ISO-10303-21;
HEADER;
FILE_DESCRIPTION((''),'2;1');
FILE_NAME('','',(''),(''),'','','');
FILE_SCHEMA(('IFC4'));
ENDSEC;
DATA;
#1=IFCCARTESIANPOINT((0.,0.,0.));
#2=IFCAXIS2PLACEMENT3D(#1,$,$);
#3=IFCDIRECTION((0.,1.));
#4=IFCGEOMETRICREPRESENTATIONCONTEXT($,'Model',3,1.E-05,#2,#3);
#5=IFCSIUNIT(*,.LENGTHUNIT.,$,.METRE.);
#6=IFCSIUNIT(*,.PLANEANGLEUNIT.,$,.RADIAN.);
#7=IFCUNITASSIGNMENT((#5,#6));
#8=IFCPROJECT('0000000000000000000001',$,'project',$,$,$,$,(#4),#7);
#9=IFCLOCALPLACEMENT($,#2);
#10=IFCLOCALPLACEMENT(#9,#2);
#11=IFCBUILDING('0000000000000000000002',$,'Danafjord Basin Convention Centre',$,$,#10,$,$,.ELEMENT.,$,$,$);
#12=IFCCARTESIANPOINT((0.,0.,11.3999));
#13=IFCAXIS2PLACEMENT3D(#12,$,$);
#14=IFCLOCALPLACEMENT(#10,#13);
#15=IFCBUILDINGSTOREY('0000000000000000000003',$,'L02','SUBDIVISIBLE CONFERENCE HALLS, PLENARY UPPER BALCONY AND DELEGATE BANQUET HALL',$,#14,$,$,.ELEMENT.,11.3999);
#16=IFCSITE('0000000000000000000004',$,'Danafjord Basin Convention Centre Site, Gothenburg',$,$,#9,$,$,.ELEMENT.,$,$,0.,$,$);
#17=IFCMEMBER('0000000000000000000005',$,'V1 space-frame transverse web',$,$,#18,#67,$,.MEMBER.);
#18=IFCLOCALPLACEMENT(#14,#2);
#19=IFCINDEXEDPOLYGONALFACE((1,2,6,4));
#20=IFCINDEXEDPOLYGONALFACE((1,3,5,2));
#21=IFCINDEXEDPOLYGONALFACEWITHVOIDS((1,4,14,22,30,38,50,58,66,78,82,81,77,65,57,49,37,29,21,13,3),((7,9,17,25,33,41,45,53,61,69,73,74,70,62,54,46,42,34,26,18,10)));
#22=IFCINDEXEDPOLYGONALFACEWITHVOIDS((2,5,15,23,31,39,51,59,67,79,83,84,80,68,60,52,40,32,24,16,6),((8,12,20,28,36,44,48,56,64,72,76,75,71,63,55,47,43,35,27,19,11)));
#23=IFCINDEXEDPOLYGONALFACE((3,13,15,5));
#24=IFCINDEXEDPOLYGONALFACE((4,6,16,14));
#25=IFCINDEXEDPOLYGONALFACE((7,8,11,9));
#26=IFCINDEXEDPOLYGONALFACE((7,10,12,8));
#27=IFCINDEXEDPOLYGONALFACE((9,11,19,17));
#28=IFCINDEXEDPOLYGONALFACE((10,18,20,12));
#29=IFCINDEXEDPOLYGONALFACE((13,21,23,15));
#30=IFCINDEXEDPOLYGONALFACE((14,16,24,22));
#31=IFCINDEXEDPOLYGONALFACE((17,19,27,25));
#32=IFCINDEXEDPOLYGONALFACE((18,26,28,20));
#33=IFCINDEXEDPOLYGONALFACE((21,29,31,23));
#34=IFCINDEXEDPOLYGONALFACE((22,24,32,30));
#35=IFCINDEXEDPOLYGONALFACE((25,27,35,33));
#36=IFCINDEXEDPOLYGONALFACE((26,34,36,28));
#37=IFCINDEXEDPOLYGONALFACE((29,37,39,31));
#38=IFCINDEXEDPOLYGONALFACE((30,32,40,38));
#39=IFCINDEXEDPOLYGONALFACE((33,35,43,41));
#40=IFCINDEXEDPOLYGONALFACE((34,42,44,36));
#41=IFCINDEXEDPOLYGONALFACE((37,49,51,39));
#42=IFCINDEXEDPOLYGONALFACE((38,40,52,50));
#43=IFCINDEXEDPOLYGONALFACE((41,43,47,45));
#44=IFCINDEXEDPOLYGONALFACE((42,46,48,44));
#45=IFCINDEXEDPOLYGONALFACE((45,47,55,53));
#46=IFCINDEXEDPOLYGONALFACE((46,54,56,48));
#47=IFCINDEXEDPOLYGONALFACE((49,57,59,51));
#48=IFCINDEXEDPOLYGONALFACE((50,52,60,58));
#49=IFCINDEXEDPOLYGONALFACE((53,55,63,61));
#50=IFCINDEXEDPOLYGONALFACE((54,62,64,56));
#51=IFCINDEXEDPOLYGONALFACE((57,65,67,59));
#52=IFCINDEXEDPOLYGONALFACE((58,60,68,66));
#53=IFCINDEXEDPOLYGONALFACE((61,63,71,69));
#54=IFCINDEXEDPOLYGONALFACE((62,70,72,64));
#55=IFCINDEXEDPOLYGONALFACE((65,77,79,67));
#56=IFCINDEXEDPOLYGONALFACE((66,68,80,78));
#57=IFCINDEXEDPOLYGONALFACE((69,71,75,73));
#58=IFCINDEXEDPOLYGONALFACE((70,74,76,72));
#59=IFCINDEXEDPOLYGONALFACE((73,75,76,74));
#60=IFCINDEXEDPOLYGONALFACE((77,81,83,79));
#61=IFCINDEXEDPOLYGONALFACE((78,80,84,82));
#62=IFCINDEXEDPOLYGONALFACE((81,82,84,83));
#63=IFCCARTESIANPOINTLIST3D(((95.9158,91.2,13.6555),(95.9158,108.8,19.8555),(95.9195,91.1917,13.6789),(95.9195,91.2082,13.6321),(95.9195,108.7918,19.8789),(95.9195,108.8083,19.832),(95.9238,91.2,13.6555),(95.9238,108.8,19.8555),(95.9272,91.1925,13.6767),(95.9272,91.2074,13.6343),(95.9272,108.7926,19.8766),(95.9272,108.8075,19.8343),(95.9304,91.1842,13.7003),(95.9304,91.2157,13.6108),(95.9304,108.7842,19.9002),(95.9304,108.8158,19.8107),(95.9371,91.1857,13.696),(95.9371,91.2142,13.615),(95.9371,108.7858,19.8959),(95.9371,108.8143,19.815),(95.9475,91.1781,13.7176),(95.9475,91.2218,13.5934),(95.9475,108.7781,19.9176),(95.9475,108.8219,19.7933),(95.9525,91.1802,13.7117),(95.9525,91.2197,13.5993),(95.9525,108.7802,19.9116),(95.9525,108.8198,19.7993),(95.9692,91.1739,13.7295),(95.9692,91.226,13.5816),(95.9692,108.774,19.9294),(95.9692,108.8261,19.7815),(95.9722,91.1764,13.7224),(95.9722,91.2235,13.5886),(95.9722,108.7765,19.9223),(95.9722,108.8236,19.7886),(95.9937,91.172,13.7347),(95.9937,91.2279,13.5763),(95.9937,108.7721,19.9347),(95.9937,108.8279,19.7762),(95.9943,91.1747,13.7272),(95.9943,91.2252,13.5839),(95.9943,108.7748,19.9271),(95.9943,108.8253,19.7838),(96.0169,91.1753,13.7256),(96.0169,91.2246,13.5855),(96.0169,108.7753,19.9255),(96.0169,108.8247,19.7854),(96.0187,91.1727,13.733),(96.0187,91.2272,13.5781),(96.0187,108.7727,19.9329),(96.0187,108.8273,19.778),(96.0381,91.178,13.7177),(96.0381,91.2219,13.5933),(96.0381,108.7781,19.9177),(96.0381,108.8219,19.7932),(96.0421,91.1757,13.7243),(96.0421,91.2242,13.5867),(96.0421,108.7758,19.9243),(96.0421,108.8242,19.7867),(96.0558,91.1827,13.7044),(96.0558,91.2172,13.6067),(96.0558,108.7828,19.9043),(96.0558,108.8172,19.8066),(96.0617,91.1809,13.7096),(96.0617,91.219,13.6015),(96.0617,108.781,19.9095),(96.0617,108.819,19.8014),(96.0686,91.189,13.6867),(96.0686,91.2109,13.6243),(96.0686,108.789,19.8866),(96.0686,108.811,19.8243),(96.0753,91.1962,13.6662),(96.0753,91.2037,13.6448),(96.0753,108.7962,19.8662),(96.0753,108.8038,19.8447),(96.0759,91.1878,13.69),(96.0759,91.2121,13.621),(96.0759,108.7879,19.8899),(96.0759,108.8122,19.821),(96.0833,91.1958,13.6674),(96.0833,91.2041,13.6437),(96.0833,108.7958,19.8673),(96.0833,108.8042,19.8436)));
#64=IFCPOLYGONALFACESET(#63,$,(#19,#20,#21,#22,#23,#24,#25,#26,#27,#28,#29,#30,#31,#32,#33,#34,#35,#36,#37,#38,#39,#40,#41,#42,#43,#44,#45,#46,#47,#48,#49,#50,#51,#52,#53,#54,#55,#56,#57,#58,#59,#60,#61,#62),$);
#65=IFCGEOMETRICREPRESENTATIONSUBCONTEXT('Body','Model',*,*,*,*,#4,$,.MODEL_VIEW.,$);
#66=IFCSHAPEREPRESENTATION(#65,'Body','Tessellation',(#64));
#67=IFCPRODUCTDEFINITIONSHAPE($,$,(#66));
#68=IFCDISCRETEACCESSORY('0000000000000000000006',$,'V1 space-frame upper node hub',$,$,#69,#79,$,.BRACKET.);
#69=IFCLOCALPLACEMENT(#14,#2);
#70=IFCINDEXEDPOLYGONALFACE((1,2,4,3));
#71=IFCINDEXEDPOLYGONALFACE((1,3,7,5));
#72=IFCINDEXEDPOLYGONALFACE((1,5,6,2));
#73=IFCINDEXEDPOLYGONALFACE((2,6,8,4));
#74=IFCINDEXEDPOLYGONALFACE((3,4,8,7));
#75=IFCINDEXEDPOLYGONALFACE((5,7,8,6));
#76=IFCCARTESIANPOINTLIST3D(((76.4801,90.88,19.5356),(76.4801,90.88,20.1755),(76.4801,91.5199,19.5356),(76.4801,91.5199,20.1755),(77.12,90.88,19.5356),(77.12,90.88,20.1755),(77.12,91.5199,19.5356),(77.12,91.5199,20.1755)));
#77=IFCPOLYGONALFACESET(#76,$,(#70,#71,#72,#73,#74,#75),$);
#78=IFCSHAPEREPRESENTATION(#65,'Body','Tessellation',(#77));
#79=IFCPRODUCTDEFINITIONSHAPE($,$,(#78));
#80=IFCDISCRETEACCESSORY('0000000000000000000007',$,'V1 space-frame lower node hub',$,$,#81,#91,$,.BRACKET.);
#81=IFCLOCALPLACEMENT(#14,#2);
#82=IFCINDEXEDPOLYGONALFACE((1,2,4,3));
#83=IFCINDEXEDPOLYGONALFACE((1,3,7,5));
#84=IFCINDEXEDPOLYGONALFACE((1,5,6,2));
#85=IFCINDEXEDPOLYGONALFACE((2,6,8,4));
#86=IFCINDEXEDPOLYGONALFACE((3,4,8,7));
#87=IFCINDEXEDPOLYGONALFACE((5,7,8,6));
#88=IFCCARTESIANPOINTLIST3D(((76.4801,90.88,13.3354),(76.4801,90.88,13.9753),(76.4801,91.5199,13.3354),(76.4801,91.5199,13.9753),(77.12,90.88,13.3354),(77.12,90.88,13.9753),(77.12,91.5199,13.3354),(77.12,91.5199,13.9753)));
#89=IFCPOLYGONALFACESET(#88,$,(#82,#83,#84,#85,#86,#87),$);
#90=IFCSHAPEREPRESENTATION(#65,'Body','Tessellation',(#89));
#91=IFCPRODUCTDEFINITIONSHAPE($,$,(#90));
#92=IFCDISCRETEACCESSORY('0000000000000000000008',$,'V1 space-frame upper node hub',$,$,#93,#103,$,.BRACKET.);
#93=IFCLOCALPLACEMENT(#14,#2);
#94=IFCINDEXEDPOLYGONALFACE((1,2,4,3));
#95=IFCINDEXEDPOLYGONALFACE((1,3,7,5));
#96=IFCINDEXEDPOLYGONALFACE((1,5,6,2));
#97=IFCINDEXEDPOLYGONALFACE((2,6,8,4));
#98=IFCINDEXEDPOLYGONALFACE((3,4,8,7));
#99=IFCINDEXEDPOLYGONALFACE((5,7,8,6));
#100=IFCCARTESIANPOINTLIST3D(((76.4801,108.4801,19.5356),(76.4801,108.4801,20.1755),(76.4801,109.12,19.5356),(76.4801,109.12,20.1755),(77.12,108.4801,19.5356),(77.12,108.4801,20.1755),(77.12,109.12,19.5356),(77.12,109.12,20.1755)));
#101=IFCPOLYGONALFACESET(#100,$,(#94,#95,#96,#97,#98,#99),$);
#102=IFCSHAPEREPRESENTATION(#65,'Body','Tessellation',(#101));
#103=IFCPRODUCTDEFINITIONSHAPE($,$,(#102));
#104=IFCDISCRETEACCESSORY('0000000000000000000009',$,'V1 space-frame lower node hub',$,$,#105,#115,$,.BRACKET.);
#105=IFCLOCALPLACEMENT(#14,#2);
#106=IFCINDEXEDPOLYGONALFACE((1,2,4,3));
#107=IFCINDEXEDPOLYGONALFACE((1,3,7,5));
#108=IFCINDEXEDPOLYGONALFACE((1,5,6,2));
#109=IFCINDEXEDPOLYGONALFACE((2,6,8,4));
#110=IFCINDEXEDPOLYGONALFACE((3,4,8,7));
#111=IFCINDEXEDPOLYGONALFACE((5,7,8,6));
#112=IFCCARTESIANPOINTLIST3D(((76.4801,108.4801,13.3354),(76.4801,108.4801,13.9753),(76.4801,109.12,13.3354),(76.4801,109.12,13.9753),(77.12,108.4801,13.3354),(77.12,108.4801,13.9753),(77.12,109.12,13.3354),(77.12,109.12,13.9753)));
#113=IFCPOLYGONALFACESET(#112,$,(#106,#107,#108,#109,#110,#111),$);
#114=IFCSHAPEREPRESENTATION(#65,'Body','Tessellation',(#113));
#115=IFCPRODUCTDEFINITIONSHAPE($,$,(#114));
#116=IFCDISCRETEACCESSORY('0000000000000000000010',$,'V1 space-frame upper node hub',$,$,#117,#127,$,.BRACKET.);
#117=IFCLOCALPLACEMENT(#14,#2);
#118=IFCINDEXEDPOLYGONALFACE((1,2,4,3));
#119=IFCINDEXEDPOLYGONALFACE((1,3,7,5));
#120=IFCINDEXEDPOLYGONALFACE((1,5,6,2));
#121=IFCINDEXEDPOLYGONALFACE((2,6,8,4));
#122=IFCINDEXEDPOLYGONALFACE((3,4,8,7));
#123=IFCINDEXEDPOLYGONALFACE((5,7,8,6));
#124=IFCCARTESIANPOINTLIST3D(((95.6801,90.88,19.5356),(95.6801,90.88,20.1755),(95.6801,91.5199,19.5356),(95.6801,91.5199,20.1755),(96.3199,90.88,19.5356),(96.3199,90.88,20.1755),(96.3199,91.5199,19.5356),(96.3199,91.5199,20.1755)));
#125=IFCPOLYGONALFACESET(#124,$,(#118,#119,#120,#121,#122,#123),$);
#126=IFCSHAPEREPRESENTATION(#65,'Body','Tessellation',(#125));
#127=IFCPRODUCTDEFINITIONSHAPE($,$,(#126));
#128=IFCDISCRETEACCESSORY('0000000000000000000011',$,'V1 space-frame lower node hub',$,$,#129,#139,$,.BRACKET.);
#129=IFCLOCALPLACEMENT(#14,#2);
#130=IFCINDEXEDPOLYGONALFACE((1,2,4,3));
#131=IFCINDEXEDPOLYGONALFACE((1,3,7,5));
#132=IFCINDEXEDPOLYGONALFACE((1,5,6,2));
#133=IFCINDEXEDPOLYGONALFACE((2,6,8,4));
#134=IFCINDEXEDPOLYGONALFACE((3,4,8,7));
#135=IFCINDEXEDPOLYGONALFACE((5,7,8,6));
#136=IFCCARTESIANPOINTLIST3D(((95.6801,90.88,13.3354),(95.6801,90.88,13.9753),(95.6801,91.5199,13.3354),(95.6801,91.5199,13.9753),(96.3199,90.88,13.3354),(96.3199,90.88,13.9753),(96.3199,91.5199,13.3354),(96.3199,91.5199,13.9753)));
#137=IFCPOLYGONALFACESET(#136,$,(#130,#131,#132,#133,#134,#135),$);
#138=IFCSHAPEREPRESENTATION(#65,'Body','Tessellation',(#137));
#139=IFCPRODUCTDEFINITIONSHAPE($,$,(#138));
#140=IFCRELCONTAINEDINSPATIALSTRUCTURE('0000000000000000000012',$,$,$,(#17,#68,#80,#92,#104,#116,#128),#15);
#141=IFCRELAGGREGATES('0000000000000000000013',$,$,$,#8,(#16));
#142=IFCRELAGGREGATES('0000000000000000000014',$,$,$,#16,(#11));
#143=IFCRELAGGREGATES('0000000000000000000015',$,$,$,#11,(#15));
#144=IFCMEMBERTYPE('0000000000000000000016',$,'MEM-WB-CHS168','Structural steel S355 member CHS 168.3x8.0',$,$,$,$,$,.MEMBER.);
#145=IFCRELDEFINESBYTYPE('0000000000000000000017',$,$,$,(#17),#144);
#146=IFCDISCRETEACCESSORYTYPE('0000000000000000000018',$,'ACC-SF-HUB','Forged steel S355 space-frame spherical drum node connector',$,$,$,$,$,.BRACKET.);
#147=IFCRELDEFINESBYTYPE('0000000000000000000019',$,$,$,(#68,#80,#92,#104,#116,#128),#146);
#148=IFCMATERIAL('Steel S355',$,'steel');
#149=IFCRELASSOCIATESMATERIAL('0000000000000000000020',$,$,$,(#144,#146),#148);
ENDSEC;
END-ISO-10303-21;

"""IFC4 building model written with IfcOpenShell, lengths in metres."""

from ifc_helpers import new_model, si_unit, direction, frame, origin, origin_2d, place, context, subcontext, project, spatial, rectangle, hollow_circle, extrude, material, material_profile, profile_set, type_object, element, save


model = new_model("IFC4")

# Units and contexts
model_context = context("Model", 3, precision=1e-05, world=origin(), true_north=direction((0.0, 1.0)))
body_context = subcontext(model_context, "Body", "Model", "MODEL_VIEW")
ifc_project = project(units=[si_unit("LENGTHUNIT", "METRE"), si_unit("PLANEANGLEUNIT", "RADIAN")], contexts=[model_context])

# Site, building, storey
site_placement = place(None, origin())
site = spatial("IfcSite", under=ifc_project, at=site_placement, Name="Danafjord Basin Convention Centre Site, Gothenburg", CompositionType="ELEMENT", RefElevation=0.0)
building_placement = place(site_placement, origin())
building = spatial("IfcBuilding", under=site, at=building_placement, Name="Danafjord Basin Convention Centre", CompositionType="ELEMENT")
storey_placement = place(building_placement, frame((0.0, 0.0, 11.3999)))
storey = spatial("IfcBuildingStorey", under=building, at=storey_placement, Name="L02", Description="SUBDIVISIBLE CONFERENCE HALLS, PLENARY UPPER BALCONY AND DELEGATE BANQUET HALL", CompositionType="ELEMENT", Elevation=11.3999)

# Member
ifc_material = material(Name="Steel S355", Category="steel")
ifc_material_profile_1 = material_profile(ifc_material, hollow_circle(Radius=0.0842, WallThickness=0.0081, at=origin_2d()), Name="CHS 168.3x8.0")
ifc_profile_set_1 = profile_set([ifc_material_profile_1], Name="Steel S355")
member_type_1 = type_object("IfcMemberType", Name="MEM-WB-CHS168", Description="Structural steel S355 member CHS 168.3x8.0", PredefinedType="MEMBER", material=ifc_profile_set_1)
member_1_placement = place(storey_placement, frame((96.0, 91.2, 13.6555), z_axis=(0.0, 0.943189, 0.332255), x_axis=(-1.0, 0.0, 0.0)))
element("IfcMember", 1, at=member_1_placement, inside=storey, type_object=member_type_1, Name="V1 space-frame transverse web", PredefinedType="MEMBER", context=body_context, shape_type="SweptSolid", body=[
    extrude(hollow_circle(Radius=0.0842, WallThickness=0.0081, at=origin_2d()), origin(), (0.0, 0.0, 1.0), 18.6602),
])

# Discrete accessories
discrete_accessory_type = type_object("IfcDiscreteAccessoryType", Name="ACC-SF-HUB", Description="Forged steel S355 space-frame spherical drum node connector", PredefinedType="BRACKET", material=ifc_material)
for number, where, z_axis, x_axis, name in (
    (2, (76.8, 91.2, 19.5356), (0.0, 0.0, 1.0), (1.0, 0.0, 0.0), "V1 space-frame upper node hub"),
    (3, (76.8, 91.2, 13.3354), (0.0, 0.0, 1.0), (1.0, 0.0, 0.0), "V1 space-frame lower node hub"),
    (4, (76.8, 108.8, 19.5356), (0.0, 0.0, 1.0), (1.0, 0.0, 0.0), "V1 space-frame upper node hub"),
    (5, (76.8, 108.8, 13.3354), (0.0, 0.0, 1.0), (1.0, 0.0, 0.0), "V1 space-frame lower node hub"),
    (6, (96.0, 91.2, 19.5356), (0.0, 0.0, 1.0), (1.0, 0.0, 0.0), "V1 space-frame upper node hub"),
    (7, (96.0, 91.2, 13.3354), (0.0, 0.0, 1.0), (1.0, 0.0, 0.0), "V1 space-frame lower node hub"),
):
    element("IfcDiscreteAccessory", number, at=place(storey_placement, frame(where, z_axis=z_axis, x_axis=x_axis)), inside=storey, type_object=discrete_accessory_type, Name=name, PredefinedType="BRACKET", context=body_context, shape_type="SweptSolid", body=[
        extrude(rectangle(XDim=0.6399, YDim=0.6399, at=origin_2d()), origin(), (0.0, 0.0, 1.0), 0.6399),
    ])

save(model, "model.ifc")
